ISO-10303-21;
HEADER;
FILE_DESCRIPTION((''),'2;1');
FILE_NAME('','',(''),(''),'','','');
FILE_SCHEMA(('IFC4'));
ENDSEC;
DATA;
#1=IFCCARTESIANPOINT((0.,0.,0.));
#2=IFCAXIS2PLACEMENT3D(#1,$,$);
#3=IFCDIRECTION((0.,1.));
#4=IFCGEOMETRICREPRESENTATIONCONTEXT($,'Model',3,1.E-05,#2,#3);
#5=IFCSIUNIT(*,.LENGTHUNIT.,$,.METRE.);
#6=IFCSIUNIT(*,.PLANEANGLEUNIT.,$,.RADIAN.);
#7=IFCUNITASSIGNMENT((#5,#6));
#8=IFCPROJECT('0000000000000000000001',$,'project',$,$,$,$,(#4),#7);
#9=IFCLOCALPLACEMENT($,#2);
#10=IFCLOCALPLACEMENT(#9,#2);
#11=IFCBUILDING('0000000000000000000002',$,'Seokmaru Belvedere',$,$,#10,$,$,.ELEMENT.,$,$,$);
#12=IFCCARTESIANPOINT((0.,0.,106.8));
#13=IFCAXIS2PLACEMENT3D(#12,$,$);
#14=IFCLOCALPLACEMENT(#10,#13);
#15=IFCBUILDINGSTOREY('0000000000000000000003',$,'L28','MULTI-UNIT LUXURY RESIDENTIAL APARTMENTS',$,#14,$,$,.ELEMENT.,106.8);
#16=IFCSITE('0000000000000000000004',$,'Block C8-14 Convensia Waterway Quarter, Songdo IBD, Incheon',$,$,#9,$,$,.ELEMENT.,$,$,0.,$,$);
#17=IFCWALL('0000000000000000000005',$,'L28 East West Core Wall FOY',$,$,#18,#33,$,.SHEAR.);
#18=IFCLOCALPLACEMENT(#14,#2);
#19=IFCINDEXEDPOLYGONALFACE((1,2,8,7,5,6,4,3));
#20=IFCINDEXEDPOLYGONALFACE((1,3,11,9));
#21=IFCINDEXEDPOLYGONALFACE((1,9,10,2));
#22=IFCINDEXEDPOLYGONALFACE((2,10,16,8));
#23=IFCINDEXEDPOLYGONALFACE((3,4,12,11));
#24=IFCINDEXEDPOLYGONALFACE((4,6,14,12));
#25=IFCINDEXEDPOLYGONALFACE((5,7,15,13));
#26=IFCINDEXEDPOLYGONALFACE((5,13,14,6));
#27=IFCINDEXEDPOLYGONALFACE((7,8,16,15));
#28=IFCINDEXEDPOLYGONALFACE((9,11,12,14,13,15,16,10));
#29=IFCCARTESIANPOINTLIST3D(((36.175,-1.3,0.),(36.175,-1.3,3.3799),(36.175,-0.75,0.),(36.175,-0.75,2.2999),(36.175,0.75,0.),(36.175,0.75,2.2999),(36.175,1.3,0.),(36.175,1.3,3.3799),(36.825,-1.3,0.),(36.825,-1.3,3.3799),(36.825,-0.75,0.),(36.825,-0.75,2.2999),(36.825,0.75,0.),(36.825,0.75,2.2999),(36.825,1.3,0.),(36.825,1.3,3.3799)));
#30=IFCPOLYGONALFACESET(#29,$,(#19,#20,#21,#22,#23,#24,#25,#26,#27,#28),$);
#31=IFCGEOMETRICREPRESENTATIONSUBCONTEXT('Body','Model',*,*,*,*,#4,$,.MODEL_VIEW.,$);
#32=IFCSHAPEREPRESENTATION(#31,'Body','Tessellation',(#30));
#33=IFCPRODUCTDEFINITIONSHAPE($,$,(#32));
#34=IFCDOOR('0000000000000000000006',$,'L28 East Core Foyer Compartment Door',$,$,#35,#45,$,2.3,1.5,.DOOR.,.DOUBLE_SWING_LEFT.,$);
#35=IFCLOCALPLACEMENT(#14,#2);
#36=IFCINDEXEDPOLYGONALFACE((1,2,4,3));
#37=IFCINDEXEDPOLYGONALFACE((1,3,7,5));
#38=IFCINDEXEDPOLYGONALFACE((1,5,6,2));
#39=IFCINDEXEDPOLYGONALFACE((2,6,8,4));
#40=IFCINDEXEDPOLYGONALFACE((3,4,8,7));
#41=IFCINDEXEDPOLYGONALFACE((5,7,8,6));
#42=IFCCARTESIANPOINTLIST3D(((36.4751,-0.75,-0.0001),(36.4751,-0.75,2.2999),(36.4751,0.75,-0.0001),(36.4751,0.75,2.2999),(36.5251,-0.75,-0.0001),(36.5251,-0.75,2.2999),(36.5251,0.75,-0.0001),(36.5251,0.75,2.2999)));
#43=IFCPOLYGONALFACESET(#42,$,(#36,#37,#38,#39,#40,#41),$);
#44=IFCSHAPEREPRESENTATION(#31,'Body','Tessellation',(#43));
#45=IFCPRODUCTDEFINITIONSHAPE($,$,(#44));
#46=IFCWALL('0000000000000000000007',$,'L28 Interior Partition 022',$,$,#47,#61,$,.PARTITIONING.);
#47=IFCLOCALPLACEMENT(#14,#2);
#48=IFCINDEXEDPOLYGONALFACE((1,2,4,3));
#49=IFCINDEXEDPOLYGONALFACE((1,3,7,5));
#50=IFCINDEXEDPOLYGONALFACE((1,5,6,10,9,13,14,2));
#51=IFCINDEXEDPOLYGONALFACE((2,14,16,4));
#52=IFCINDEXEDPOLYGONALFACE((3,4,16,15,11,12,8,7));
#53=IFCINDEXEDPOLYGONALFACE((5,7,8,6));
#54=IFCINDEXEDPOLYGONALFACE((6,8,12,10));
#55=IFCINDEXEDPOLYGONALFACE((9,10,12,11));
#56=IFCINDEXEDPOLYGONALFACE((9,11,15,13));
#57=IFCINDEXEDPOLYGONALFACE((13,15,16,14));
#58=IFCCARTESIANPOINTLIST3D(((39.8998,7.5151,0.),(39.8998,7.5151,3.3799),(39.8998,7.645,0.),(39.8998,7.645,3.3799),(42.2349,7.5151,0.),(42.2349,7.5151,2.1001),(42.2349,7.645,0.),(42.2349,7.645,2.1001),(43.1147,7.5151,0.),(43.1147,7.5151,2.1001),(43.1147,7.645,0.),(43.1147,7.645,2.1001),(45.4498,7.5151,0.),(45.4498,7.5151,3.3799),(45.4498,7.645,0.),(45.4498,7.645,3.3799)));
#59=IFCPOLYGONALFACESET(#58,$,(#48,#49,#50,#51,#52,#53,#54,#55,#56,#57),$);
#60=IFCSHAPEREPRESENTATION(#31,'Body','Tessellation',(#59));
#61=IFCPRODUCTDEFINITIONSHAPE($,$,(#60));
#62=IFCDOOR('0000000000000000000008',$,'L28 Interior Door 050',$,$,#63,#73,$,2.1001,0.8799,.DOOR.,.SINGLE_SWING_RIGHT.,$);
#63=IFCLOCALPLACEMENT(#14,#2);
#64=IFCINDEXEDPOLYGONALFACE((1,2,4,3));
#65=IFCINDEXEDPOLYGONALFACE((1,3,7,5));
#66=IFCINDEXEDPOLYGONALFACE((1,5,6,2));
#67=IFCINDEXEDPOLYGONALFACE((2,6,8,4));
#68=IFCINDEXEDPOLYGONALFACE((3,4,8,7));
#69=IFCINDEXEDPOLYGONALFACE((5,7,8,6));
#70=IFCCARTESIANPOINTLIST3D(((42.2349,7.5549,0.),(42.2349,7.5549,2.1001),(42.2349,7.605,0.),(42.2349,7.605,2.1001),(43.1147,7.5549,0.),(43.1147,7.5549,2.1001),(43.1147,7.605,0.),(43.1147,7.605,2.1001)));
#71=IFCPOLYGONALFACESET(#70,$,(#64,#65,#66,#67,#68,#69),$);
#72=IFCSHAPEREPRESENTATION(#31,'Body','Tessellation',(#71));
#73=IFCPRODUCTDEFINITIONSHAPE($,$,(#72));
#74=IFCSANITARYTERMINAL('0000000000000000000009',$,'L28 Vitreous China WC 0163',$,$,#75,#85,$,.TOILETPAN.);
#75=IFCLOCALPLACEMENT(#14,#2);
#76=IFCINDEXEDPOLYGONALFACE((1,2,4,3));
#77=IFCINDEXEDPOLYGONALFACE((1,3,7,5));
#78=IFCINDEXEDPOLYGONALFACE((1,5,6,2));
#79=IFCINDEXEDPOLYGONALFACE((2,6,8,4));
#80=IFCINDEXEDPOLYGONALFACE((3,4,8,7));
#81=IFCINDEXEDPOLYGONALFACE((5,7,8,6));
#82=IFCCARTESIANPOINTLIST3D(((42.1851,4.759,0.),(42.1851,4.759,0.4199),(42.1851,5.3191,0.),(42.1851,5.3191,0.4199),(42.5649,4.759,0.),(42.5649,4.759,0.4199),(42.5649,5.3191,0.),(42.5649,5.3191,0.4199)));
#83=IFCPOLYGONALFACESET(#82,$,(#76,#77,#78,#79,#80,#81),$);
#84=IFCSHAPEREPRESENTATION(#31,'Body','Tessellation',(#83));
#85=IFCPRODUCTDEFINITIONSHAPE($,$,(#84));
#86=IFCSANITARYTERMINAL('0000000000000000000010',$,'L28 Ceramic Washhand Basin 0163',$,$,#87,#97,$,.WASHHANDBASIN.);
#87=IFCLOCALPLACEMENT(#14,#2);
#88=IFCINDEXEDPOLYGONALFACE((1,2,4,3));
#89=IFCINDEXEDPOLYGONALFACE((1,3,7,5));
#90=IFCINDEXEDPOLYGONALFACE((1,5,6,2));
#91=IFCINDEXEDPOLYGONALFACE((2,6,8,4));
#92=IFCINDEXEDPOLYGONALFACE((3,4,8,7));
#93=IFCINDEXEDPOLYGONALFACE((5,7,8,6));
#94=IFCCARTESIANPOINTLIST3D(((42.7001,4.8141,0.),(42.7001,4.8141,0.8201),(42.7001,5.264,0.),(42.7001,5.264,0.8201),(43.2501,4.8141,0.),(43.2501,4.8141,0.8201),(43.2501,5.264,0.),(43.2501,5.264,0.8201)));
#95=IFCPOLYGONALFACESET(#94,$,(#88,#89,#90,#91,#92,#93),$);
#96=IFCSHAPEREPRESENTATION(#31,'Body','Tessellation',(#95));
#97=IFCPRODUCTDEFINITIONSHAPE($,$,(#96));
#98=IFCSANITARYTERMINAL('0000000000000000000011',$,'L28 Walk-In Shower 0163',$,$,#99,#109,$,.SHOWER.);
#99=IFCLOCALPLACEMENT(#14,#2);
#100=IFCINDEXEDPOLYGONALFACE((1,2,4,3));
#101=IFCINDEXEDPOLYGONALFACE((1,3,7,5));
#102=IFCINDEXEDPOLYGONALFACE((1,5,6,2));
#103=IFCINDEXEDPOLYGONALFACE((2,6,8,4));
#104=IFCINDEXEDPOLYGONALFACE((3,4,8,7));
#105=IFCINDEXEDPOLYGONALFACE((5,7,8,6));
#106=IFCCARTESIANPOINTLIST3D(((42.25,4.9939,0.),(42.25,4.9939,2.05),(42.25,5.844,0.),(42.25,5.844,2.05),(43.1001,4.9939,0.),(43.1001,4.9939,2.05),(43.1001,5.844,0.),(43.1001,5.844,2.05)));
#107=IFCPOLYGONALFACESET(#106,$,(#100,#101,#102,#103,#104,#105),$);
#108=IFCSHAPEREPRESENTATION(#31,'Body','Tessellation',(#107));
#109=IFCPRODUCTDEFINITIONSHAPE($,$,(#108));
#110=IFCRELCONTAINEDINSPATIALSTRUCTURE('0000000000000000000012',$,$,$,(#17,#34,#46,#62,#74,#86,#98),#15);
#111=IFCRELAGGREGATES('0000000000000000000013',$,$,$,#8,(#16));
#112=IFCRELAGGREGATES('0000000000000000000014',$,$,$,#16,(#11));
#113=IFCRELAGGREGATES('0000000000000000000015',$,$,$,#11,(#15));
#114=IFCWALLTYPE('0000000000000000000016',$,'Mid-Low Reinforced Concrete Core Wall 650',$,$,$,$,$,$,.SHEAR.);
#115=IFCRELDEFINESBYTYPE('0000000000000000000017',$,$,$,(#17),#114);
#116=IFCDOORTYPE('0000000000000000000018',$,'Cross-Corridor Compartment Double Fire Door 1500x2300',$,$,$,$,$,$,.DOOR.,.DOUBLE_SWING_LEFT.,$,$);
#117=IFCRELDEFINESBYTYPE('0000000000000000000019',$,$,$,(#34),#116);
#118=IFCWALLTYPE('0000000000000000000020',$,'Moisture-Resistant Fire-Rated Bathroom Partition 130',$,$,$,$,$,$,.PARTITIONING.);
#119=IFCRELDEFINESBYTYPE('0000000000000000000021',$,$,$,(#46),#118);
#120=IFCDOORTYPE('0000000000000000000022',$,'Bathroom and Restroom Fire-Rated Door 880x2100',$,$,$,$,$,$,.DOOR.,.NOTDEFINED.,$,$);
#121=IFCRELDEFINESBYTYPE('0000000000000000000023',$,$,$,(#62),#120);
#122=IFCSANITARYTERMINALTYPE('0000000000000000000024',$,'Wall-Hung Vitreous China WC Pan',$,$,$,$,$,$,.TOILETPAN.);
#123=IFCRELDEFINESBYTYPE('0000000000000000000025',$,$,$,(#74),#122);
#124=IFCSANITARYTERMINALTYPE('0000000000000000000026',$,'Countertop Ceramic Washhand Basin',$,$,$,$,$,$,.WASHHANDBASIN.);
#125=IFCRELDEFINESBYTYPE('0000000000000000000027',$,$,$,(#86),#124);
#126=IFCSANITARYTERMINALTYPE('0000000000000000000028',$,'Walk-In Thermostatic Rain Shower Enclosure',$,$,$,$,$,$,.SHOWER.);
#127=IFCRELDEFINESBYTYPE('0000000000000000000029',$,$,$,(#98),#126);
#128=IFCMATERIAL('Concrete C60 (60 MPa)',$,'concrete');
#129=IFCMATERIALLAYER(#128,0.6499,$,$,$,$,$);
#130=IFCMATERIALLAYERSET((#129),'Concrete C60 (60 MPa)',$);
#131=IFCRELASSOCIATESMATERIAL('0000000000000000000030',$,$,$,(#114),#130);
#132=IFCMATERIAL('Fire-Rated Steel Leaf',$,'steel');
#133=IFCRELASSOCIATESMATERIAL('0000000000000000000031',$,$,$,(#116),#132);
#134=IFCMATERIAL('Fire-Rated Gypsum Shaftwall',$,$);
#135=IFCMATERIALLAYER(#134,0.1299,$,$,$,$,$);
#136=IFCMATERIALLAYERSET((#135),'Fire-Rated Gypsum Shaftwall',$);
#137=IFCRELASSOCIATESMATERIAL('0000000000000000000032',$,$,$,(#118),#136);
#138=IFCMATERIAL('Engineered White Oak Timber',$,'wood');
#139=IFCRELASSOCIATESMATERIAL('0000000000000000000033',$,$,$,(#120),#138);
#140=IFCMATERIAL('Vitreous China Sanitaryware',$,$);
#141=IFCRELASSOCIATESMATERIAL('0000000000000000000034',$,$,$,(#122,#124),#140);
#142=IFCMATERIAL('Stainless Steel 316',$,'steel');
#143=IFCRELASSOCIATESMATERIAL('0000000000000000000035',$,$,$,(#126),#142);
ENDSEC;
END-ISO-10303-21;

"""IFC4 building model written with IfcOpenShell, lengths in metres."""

from ifc_helpers import new_model, si_unit, direction, frame, frame_2d, origin, origin_2d, place, context, subcontext, project, spatial, rectangle, extrude, source, transform, mapped, material, layer, layer_set, type_object, type_shapes, element, fill, save


model = new_model("IFC4")

# Units and contexts
model_context = context("Model", 3, precision=1e-05, world=origin(), true_north=direction((0.0, 1.0)))
body_context = subcontext(model_context, "Body", "Model", "MODEL_VIEW")
ifc_project = project(units=[si_unit("LENGTHUNIT", "METRE"), si_unit("PLANEANGLEUNIT", "RADIAN")], contexts=[model_context])

# Site, building, storey
site_placement = place(None, origin())
site = spatial("IfcSite", under=ifc_project, at=site_placement, Name="Block C8-14 Convensia Waterway Quarter, Songdo IBD, Incheon", CompositionType="ELEMENT", RefElevation=0.0)
building_placement = place(site_placement, origin())
building = spatial("IfcBuilding", under=site, at=building_placement, Name="Seokmaru Belvedere", CompositionType="ELEMENT")
storey_placement = place(building_placement, frame((0.0, 0.0, 106.8)))
storey = spatial("IfcBuildingStorey", under=building, at=storey_placement, Name="L28", Description="MULTI-UNIT LUXURY RESIDENTIAL APARTMENTS", CompositionType="ELEMENT", Elevation=106.8)

# Shared definitions
ifc_material_1 = material(Name="Fire-Rated Gypsum Shaftwall")

# Walls, openings, doors
ifc_material_2 = material(Name="Concrete C60 (60 MPa)", Category="concrete")
ifc_layer_1 = layer(ifc_material_2, 0.6499)
ifc_layer_set_1 = layer_set([ifc_layer_1], Name="Concrete C60 (60 MPa)")
wall_type_1 = type_object("IfcWallType", Name="Mid-Low Reinforced Concrete Core Wall 650", PredefinedType="SHEAR", material=ifc_layer_set_1)
wall_1_placement = place(storey_placement, frame((36.5, -1.3, 0.0), z_axis=(0.0, 0.0, 1.0), x_axis=(0.0, 1.0, 0.0)))
wall_1 = element("IfcWall", 1, at=wall_1_placement, inside=storey, type_object=wall_type_1, Name="L28 East West Core Wall FOY", PredefinedType="SHEAR", context=body_context, shape_type="SweptSolid", body=[
    extrude(rectangle(XDim=2.6001, YDim=0.6499, at=frame_2d((1.3, 0.0))), origin(), (0.0, 0.0, 1.0), 3.3799),
])
opening_1_placement = place(wall_1_placement, frame((0.55, 0.0, 0.0)))
opening_1 = element("IfcOpeningElement", 2, at=opening_1_placement, cuts=wall_1, PredefinedType="OPENING", context=body_context, shape_type="SweptSolid", body=[
    extrude(rectangle(XDim=1.5, YDim=2.3, at=frame_2d((0.75, 1.1499))), frame((0.0, 0.335, 0.0), z_axis=(0.0, -1.0, 0.0), x_axis=(1.0, 0.0, 0.0)), (0.0, 0.0, 1.0), 0.6699),
])
ifc_material_3 = material(Name="Fire-Rated Steel Leaf", Category="steel")
door_type_1 = type_object("IfcDoorType", Name="Cross-Corridor Compartment Double Fire Door 1500x2300", OperationType="DOUBLE_SWING_LEFT", PredefinedType="DOOR", material=ifc_material_3)
shared_shape_1 = source(origin(), body_context, "Body", "SweptSolid", [
    extrude(rectangle(XDim=1.5, YDim=2.3, at=frame_2d((0.75, 1.1499))), frame((0.0, 0.0249, 0.0), z_axis=(0.0, -1.0, 0.0), x_axis=(1.0, 0.0, 0.0)), (0.0, 0.0, 1.0), 0.05),
])
type_shapes(door_type_1, [shared_shape_1])
door_1_placement = place(opening_1_placement, origin())
door_1 = element("IfcDoor", 3, at=door_1_placement, inside=storey, type_object=door_type_1, Name="L28 East Core Foyer Compartment Door", OperationType="DOUBLE_SWING_LEFT", OverallHeight=2.3, OverallWidth=1.5, PredefinedType="DOOR", context=body_context, shape_type="MappedRepresentation", body=[
    mapped(shared_shape_1, transform((0.0, 0.0, 0.0), scale=1.0)),
])
fill(opening_1, door_1)
ifc_layer_2 = layer(ifc_material_1, 0.1299)
ifc_layer_set_2 = layer_set([ifc_layer_2], Name="Fire-Rated Gypsum Shaftwall")
wall_type_2 = type_object("IfcWallType", Name="Moisture-Resistant Fire-Rated Bathroom Partition 130", PredefinedType="PARTITIONING", material=ifc_layer_set_2)
wall_2_placement = place(storey_placement, frame((39.8999, 7.5801, 0.0), z_axis=(0.0, 0.0, 1.0), x_axis=(1.0, 0.0, 0.0)))
wall_2 = element("IfcWall", 4, at=wall_2_placement, inside=storey, type_object=wall_type_2, Name="L28 Interior Partition 022", PredefinedType="PARTITIONING", context=body_context, shape_type="SweptSolid", body=[
    extrude(rectangle(XDim=5.55, YDim=0.1299, at=frame_2d((2.7749, 0.0))), origin(), (0.0, 0.0, 1.0), 3.3799),
])
opening_2_placement = place(wall_2_placement, frame((2.335, 0.0, 0.0)))
opening_2 = element("IfcOpeningElement", 5, at=opening_2_placement, cuts=wall_2, PredefinedType="OPENING", context=body_context, shape_type="SweptSolid", body=[
    extrude(rectangle(XDim=0.8799, YDim=2.1001, at=frame_2d((0.4399, 1.05))), frame((0.0, 0.075, 0.0), z_axis=(0.0, -1.0, 0.0), x_axis=(1.0, 0.0, 0.0)), (0.0, 0.0, 1.0), 0.1499),
])
ifc_material_4 = material(Name="Engineered White Oak Timber", Category="wood")
door_type_2 = type_object("IfcDoorType", Name="Bathroom and Restroom Fire-Rated Door 880x2100", OperationType="NOTDEFINED", PredefinedType="DOOR", material=ifc_material_4)
shared_shape_2 = source(origin(), body_context, "Body", "SweptSolid", [
    extrude(rectangle(XDim=0.8799, YDim=2.1001, at=frame_2d((0.4399, 1.05))), frame((0.0, 0.0249, 0.0), z_axis=(0.0, -1.0, 0.0), x_axis=(1.0, 0.0, 0.0)), (0.0, 0.0, 1.0), 0.05),
])
type_shapes(door_type_2, [shared_shape_2])
door_2_placement = place(opening_2_placement, origin())
door_2 = element("IfcDoor", 6, at=door_2_placement, inside=storey, type_object=door_type_2, Name="L28 Interior Door 050", OperationType="SINGLE_SWING_RIGHT", OverallHeight=2.1001, OverallWidth=0.8799, PredefinedType="DOOR", context=body_context, shape_type="MappedRepresentation", body=[
    mapped(shared_shape_2, transform((0.0, 0.0, 0.0), scale=1.0)),
])
fill(opening_2, door_2)

# Sanitary terminals
ifc_material_5 = material(Name="Vitreous China Sanitaryware")
sanitary_terminal_type_1 = type_object("IfcSanitaryTerminalType", Name="Wall-Hung Vitreous China WC Pan", PredefinedType="TOILETPAN", material=ifc_material_5)
shared_shape_3 = source(origin(), body_context, "Body", "SweptSolid", [
    extrude(rectangle(XDim=0.3799, YDim=0.5601, at=origin_2d()), origin(), (0.0, 0.0, 1.0), 0.4199),
])
type_shapes(sanitary_terminal_type_1, [shared_shape_3])
sanitary_terminal_1_placement = place(storey_placement, frame((42.375, 5.0391, 0.0), z_axis=(0.0, 0.0, 1.0), x_axis=(1.0, 0.0, 0.0)))
element("IfcSanitaryTerminal", 7, at=sanitary_terminal_1_placement, inside=storey, type_object=sanitary_terminal_type_1, Name="L28 Vitreous China WC 0163", PredefinedType="TOILETPAN", context=body_context, shape_type="MappedRepresentation", body=[
    mapped(shared_shape_3, transform((0.0, 0.0, 0.0), scale=1.0)),
])
sanitary_terminal_type_2 = type_object("IfcSanitaryTerminalType", Name="Countertop Ceramic Washhand Basin", PredefinedType="WASHHANDBASIN", material=ifc_material_5)
shared_shape_4 = source(origin(), body_context, "Body", "SweptSolid", [
    extrude(rectangle(XDim=0.55, YDim=0.45, at=origin_2d()), origin(), (0.0, 0.0, 1.0), 0.8201),
])
type_shapes(sanitary_terminal_type_2, [shared_shape_4])
sanitary_terminal_2_placement = place(storey_placement, frame((42.9751, 5.0391, 0.0), z_axis=(0.0, 0.0, 1.0), x_axis=(1.0, 0.0, 0.0)))
element("IfcSanitaryTerminal", 8, at=sanitary_terminal_2_placement, inside=storey, type_object=sanitary_terminal_type_2, Name="L28 Ceramic Washhand Basin 0163", PredefinedType="WASHHANDBASIN", context=body_context, shape_type="MappedRepresentation", body=[
    mapped(shared_shape_4, transform((0.0, 0.0, 0.0), scale=1.0)),
])
ifc_material_6 = material(Name="Stainless Steel 316", Category="steel")
sanitary_terminal_type_3 = type_object("IfcSanitaryTerminalType", Name="Walk-In Thermostatic Rain Shower Enclosure", PredefinedType="SHOWER", material=ifc_material_6)
shared_shape_5 = source(origin(), body_context, "Body", "SweptSolid", [
    extrude(rectangle(XDim=0.8501, YDim=0.8501, at=origin_2d()), origin(), (0.0, 0.0, 1.0), 2.05),
])
type_shapes(sanitary_terminal_type_3, [shared_shape_5])
sanitary_terminal_3_placement = place(storey_placement, frame((42.675, 5.4189, 0.0), z_axis=(0.0, 0.0, 1.0), x_axis=(1.0, 0.0, 0.0)))
element("IfcSanitaryTerminal", 9, at=sanitary_terminal_3_placement, inside=storey, type_object=sanitary_terminal_type_3, Name="L28 Walk-In Shower 0163", PredefinedType="SHOWER", context=body_context, shape_type="MappedRepresentation", body=[
    mapped(shared_shape_5, transform((0.0, 0.0, 0.0), scale=1.0)),
])

save(model, "model.ifc")
